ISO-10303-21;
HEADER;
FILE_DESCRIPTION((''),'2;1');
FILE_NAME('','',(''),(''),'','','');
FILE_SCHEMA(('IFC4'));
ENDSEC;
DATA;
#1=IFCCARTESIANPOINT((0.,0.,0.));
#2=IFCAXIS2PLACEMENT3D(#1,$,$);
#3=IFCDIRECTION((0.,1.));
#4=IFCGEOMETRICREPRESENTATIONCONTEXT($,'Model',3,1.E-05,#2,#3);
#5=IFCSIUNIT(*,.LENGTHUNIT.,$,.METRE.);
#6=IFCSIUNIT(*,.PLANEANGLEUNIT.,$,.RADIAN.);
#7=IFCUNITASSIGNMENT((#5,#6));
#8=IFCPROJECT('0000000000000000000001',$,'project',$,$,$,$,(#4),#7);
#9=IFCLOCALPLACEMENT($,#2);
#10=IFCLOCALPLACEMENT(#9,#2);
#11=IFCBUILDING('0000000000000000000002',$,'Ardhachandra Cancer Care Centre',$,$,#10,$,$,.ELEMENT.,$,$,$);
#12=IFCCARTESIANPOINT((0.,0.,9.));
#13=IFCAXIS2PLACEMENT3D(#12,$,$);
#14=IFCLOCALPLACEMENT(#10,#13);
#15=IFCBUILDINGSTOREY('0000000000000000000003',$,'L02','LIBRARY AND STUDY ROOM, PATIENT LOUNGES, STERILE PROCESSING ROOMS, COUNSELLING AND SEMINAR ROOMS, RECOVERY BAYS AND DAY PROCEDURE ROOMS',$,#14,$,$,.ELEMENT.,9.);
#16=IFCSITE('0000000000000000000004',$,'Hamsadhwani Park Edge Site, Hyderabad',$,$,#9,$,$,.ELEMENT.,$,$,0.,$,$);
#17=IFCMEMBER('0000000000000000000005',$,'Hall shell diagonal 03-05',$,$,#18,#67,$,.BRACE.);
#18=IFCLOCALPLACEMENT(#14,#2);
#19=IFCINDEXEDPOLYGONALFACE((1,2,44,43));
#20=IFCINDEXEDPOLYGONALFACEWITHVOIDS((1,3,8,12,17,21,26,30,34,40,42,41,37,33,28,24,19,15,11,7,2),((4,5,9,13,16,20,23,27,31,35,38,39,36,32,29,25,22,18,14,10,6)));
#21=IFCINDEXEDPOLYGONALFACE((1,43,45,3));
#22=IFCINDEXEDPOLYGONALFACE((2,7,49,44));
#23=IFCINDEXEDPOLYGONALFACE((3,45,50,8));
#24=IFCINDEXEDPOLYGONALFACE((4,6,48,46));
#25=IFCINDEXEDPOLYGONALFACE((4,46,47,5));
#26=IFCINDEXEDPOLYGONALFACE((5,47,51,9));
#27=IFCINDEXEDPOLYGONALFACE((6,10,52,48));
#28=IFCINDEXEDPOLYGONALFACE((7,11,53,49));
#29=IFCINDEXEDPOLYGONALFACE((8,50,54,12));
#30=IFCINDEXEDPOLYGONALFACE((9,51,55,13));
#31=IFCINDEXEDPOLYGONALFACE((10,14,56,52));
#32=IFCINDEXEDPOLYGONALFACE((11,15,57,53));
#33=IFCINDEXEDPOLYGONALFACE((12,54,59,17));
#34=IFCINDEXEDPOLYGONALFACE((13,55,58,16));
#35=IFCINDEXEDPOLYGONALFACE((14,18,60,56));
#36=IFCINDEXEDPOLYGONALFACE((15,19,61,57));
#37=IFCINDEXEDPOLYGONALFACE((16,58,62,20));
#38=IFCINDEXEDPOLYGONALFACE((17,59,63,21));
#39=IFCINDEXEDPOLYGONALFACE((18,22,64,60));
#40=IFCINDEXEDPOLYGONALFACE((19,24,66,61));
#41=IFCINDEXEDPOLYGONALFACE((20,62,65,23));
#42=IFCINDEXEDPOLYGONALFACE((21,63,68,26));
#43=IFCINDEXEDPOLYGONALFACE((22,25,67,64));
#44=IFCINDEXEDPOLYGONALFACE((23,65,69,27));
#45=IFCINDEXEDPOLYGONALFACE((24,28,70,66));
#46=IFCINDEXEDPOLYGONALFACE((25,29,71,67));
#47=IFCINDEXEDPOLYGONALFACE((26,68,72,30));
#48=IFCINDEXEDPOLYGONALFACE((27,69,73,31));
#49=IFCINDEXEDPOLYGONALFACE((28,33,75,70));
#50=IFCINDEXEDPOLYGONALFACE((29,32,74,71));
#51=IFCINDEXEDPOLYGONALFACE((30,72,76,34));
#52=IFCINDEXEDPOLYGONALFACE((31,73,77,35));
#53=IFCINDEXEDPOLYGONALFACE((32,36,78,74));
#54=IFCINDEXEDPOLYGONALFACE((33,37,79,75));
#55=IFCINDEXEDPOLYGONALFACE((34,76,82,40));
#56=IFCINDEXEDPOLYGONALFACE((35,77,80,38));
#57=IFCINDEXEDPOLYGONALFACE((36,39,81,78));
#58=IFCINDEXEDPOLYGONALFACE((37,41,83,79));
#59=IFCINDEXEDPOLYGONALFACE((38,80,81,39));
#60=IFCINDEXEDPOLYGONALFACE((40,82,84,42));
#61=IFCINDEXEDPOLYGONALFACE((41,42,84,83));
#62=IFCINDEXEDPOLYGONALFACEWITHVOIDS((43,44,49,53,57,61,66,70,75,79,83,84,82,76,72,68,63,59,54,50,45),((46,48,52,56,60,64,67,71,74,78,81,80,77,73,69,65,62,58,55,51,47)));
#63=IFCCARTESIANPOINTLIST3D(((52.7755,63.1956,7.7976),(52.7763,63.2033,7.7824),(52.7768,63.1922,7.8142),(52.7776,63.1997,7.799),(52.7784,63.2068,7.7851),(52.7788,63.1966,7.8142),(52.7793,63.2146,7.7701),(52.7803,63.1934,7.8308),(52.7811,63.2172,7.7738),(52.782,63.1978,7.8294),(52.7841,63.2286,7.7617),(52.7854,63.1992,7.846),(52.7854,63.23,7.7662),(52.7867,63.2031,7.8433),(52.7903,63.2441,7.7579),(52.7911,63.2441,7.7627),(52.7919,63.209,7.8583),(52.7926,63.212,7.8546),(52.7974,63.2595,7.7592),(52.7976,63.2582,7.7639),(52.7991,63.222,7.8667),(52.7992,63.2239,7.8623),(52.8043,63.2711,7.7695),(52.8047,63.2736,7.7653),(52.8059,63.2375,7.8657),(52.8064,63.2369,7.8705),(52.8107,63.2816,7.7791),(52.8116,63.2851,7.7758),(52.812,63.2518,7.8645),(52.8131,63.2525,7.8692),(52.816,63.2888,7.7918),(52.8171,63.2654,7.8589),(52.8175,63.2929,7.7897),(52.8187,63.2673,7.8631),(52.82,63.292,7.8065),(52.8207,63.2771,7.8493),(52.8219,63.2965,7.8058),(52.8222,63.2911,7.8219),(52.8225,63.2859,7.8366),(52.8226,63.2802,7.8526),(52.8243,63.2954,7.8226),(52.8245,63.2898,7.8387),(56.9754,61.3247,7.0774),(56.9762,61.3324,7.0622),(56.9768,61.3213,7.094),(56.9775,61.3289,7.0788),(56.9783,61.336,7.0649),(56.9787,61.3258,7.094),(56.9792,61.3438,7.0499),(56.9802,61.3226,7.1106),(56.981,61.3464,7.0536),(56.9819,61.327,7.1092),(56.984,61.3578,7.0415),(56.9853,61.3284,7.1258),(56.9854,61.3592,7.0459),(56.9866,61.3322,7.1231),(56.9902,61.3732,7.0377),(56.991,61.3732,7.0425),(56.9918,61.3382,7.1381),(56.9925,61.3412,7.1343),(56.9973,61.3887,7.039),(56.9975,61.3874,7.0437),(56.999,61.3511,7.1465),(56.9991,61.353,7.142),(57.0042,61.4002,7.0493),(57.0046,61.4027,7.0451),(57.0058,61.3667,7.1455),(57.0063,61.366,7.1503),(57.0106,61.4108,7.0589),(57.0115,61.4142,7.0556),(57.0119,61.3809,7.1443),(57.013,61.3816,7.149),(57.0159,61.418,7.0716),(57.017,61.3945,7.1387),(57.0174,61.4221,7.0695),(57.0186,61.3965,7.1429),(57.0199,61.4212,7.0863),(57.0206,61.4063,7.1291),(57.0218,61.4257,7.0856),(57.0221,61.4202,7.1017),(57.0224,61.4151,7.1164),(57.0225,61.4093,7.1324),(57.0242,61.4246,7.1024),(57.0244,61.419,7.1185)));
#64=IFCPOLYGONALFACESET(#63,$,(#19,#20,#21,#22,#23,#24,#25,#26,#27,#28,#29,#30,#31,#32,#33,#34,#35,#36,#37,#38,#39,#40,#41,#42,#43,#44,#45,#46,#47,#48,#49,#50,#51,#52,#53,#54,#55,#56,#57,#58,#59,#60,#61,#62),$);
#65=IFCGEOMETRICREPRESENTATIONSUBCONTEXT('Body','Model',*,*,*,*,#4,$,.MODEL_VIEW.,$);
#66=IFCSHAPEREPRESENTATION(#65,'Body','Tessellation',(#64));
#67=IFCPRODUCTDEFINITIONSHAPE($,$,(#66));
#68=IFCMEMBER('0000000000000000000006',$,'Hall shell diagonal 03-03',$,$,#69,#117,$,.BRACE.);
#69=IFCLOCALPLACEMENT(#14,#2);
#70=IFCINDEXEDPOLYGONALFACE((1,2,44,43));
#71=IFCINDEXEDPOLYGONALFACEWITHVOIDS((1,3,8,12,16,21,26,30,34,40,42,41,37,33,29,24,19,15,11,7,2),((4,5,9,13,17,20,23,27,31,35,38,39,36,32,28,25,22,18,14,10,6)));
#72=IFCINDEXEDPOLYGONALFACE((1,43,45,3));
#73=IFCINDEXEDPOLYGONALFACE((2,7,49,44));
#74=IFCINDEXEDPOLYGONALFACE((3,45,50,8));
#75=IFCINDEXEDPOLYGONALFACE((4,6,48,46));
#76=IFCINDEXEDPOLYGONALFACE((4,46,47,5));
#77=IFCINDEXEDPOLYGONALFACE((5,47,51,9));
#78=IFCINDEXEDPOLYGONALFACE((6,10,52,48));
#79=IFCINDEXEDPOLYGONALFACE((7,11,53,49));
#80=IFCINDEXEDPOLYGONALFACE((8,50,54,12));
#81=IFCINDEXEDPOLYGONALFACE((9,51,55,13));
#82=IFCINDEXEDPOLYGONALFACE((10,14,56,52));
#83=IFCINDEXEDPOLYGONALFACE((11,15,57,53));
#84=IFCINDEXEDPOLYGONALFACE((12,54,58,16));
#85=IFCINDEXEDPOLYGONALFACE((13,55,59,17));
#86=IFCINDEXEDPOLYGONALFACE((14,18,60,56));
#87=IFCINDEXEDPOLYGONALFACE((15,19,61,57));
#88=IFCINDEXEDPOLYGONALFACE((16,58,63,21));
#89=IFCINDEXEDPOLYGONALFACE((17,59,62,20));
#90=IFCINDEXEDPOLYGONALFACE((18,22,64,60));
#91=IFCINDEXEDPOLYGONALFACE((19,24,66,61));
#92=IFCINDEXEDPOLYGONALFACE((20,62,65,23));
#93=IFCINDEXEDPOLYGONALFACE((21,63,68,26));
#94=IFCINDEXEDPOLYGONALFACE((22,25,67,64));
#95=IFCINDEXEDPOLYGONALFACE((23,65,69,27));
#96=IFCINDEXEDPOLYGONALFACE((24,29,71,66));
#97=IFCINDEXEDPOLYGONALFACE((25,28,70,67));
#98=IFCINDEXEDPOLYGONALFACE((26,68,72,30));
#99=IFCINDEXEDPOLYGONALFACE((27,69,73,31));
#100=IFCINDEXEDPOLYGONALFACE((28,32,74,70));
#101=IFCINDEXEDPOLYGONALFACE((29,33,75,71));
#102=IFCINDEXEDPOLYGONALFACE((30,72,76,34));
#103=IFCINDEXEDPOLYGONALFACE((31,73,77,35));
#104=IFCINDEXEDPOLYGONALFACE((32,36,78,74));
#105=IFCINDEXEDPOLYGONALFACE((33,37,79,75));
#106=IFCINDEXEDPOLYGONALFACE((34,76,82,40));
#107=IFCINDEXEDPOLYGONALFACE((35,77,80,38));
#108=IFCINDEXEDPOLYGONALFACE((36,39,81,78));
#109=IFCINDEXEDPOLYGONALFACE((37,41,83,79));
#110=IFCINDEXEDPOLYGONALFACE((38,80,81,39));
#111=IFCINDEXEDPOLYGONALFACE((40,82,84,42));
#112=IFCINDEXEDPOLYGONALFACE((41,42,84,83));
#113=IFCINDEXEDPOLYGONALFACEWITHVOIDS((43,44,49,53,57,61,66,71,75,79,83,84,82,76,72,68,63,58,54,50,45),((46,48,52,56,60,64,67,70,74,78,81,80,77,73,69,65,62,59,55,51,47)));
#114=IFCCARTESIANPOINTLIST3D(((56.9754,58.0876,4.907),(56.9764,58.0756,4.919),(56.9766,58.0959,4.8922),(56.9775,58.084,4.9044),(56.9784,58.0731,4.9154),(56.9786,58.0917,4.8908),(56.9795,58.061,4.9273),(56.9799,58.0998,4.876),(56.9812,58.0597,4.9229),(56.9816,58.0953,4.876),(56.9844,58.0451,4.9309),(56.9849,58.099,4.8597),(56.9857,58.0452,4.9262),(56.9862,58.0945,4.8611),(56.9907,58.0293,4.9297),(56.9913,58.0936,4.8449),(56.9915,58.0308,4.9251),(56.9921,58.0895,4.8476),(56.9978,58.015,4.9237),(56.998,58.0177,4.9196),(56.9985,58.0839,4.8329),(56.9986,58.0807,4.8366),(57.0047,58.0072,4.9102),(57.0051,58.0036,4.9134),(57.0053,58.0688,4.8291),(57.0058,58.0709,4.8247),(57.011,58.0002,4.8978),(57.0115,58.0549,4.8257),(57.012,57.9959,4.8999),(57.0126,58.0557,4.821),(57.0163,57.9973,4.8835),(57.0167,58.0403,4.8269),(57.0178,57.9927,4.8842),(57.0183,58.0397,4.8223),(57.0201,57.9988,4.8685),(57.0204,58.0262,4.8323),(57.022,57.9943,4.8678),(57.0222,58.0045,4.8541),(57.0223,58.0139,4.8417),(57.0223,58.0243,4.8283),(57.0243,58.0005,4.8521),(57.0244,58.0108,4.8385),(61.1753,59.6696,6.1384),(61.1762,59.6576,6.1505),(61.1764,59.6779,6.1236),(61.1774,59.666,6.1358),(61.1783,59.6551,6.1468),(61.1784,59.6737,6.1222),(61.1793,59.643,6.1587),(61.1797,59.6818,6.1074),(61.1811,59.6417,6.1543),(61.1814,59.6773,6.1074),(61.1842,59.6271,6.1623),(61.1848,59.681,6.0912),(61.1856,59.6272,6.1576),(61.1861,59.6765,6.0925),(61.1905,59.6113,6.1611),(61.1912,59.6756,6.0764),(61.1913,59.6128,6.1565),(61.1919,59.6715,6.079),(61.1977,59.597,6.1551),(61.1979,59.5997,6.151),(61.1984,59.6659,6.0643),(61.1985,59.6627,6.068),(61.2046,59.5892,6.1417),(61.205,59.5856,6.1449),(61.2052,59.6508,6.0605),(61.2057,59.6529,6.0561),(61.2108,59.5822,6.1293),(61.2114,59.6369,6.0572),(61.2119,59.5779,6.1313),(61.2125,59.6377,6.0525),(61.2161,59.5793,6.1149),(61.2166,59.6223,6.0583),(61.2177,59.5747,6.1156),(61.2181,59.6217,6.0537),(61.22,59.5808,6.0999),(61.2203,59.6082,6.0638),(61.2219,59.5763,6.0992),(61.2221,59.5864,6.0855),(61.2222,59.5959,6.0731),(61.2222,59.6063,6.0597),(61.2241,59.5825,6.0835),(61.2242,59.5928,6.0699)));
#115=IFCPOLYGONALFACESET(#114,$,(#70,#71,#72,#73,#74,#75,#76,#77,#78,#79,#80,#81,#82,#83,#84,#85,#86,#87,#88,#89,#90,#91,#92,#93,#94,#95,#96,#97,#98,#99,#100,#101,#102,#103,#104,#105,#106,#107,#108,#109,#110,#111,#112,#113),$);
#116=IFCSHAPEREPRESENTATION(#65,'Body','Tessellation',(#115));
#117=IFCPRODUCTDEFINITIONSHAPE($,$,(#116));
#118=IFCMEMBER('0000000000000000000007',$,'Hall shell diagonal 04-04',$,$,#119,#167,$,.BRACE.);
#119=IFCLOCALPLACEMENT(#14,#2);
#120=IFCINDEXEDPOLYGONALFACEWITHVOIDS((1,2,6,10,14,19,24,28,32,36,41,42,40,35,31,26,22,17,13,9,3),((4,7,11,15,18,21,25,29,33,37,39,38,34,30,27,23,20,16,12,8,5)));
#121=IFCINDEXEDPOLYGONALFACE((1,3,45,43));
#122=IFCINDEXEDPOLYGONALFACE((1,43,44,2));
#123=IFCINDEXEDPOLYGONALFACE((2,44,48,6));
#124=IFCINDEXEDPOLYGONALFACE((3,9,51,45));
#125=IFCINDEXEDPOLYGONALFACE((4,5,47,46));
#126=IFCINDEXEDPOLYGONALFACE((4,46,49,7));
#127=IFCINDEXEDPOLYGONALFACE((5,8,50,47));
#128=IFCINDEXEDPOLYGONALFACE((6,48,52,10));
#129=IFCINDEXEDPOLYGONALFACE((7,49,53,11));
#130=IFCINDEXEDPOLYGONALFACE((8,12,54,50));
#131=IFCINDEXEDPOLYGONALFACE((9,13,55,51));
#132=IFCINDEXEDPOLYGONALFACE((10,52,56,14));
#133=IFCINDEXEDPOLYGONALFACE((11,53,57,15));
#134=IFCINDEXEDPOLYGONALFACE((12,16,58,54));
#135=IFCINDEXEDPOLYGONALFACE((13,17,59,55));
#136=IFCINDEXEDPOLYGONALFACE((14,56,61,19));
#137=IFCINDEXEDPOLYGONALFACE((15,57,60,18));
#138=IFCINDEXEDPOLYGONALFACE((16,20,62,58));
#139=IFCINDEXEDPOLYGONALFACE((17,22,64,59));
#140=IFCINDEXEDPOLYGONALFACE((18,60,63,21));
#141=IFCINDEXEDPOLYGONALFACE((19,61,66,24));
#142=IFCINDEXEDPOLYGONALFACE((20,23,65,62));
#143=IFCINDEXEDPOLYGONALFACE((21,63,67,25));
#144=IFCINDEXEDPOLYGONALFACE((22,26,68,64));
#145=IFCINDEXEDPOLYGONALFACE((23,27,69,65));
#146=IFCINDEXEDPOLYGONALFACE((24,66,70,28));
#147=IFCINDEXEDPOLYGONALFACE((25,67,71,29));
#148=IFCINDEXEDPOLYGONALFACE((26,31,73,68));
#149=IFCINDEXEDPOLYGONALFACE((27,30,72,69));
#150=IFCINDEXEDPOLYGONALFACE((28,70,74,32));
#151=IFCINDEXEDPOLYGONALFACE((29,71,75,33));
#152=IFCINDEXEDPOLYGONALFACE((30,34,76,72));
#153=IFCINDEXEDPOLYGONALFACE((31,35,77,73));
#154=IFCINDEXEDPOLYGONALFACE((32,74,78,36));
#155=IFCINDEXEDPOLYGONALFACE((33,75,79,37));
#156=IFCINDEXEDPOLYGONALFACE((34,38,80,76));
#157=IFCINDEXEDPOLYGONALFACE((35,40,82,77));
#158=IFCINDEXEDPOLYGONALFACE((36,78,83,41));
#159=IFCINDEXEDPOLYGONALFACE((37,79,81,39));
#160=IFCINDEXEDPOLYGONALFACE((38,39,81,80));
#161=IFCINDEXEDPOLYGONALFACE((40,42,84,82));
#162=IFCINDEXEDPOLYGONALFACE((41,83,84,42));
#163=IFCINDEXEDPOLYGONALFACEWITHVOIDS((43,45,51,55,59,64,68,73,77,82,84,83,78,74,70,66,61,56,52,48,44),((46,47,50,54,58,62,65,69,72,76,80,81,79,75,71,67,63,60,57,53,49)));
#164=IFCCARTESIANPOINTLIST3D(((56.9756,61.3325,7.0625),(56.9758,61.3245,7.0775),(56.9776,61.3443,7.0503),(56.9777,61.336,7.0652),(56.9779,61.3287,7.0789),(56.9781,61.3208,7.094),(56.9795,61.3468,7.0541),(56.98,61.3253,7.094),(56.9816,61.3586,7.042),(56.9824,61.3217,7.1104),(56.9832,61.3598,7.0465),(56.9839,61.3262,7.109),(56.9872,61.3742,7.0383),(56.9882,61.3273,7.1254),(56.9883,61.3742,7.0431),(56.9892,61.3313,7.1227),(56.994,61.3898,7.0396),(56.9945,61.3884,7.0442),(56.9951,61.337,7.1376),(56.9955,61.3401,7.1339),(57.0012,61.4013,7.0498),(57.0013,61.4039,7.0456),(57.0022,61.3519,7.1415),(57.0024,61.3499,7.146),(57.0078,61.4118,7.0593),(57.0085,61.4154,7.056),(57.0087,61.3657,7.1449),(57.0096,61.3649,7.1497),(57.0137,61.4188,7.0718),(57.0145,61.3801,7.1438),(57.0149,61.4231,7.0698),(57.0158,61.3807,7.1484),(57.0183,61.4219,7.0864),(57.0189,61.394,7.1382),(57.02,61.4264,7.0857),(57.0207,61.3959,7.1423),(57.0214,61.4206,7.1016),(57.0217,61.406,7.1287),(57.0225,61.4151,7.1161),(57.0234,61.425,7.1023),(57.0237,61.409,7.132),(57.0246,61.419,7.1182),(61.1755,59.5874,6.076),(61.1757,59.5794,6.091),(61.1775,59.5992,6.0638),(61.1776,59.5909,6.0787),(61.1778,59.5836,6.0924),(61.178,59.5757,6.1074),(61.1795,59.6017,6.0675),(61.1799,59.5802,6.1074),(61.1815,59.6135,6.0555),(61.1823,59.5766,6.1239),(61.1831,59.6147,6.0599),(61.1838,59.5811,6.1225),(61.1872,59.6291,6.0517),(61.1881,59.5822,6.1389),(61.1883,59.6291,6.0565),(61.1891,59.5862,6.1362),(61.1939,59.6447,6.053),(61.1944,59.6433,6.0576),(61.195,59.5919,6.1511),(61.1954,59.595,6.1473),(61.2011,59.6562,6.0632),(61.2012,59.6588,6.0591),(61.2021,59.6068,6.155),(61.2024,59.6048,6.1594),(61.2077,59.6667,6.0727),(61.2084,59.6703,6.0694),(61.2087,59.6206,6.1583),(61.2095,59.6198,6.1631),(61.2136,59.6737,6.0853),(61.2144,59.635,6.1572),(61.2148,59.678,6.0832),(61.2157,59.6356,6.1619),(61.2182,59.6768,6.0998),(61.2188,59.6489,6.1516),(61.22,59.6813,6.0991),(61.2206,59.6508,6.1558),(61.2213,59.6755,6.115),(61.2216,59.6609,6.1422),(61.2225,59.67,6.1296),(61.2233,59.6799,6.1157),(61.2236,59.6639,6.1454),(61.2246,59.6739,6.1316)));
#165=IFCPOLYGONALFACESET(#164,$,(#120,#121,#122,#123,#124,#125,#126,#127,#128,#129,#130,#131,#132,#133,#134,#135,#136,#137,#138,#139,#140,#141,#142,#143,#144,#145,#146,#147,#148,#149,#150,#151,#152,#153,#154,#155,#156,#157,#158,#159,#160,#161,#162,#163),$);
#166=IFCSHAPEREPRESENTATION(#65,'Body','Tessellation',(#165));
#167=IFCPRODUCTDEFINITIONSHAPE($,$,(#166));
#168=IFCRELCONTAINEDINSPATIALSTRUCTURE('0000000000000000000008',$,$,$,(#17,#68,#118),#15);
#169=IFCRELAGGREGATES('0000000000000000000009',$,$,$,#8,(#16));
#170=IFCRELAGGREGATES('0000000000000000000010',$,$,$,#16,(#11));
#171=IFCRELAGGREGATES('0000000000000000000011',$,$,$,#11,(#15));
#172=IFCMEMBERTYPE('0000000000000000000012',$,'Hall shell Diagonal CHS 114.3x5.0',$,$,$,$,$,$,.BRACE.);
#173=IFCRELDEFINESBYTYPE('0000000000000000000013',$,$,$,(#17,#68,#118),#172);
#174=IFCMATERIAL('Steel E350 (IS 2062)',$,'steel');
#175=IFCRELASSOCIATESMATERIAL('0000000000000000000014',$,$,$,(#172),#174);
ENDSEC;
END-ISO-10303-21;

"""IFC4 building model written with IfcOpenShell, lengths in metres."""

from ifc_helpers import new_model, si_unit, direction, frame, origin, origin_2d, place, context, subcontext, project, spatial, hollow_circle, extrude, material, material_profile, profile_set, type_object, element, save


model = new_model("IFC4")

# Units and contexts
model_context = context("Model", 3, precision=1e-05, world=origin(), true_north=direction((0.0, 1.0)))
body_context = subcontext(model_context, "Body", "Model", "MODEL_VIEW")
ifc_project = project(units=[si_unit("LENGTHUNIT", "METRE"), si_unit("PLANEANGLEUNIT", "RADIAN")], contexts=[model_context])

# Site, building, storey
site_placement = place(None, origin())
site = spatial("IfcSite", under=ifc_project, at=site_placement, Name="Hamsadhwani Park Edge Site, Hyderabad", CompositionType="ELEMENT", RefElevation=0.0)
building_placement = place(site_placement, origin())
building = spatial("IfcBuilding", under=site, at=building_placement, Name="Ardhachandra Cancer Care Centre", CompositionType="ELEMENT")
storey_placement = place(building_placement, frame((0.0, 0.0, 9.0)))
storey = spatial("IfcBuildingStorey", under=building, at=storey_placement, Name="L02", Description="LIBRARY AND STUDY ROOM, PATIENT LOUNGES, STERILE PROCESSING ROOMS, COUNSELLING AND SEMINAR ROOMS, RECOVERY BAYS AND DAY PROCEDURE ROOMS", CompositionType="ELEMENT", Elevation=9.0)

# Members
ifc_material_1 = material(Name="Steel E350 (IS 2062)", Category="steel")
ifc_material_profile_1 = material_profile(ifc_material_1, hollow_circle(Radius=0.0571, WallThickness=0.0049, at=origin_2d()), Name="CHS 114.3x5.0")
ifc_profile_set_1 = profile_set([ifc_material_profile_1], Name="Steel E350 (IS 2062)")
member_type_1 = type_object("IfcMemberType", Name="Hall shell Diagonal CHS 114.3x5.0", PredefinedType="BRACE", material=ifc_profile_set_1)
for number, where, z_axis, x_axis, name in (
    (1, (57.0, 61.3735, 7.094), (-0.902467, 0.402, 0.154757), (-0.406902, -0.913472, 0.0), "Hall shell diagonal 03-05"),
    (2, (57.0, 58.0464, 4.876), (0.902457, 0.339936, 0.264605), (-0.3525, 0.935812, 0.0), "Hall shell diagonal 03-03"),
    (3, (61.2, 59.6284, 6.1074), (-0.902467, 0.374983, 0.21199), (-0.383704, -0.923456, 0.0), "Hall shell diagonal 04-04"),
):
    element("IfcMember", number, at=place(storey_placement, frame(where, z_axis=z_axis, x_axis=x_axis)), inside=storey, type_object=member_type_1, Name=name, PredefinedType="BRACE", context=body_context, shape_type="SweptSolid", body=[
        extrude(hollow_circle(Radius=0.0571, WallThickness=0.0049, at=origin_2d()), origin(), (0.0, 0.0, 1.0), 4.6538),
    ])

save(model, "model.ifc")
